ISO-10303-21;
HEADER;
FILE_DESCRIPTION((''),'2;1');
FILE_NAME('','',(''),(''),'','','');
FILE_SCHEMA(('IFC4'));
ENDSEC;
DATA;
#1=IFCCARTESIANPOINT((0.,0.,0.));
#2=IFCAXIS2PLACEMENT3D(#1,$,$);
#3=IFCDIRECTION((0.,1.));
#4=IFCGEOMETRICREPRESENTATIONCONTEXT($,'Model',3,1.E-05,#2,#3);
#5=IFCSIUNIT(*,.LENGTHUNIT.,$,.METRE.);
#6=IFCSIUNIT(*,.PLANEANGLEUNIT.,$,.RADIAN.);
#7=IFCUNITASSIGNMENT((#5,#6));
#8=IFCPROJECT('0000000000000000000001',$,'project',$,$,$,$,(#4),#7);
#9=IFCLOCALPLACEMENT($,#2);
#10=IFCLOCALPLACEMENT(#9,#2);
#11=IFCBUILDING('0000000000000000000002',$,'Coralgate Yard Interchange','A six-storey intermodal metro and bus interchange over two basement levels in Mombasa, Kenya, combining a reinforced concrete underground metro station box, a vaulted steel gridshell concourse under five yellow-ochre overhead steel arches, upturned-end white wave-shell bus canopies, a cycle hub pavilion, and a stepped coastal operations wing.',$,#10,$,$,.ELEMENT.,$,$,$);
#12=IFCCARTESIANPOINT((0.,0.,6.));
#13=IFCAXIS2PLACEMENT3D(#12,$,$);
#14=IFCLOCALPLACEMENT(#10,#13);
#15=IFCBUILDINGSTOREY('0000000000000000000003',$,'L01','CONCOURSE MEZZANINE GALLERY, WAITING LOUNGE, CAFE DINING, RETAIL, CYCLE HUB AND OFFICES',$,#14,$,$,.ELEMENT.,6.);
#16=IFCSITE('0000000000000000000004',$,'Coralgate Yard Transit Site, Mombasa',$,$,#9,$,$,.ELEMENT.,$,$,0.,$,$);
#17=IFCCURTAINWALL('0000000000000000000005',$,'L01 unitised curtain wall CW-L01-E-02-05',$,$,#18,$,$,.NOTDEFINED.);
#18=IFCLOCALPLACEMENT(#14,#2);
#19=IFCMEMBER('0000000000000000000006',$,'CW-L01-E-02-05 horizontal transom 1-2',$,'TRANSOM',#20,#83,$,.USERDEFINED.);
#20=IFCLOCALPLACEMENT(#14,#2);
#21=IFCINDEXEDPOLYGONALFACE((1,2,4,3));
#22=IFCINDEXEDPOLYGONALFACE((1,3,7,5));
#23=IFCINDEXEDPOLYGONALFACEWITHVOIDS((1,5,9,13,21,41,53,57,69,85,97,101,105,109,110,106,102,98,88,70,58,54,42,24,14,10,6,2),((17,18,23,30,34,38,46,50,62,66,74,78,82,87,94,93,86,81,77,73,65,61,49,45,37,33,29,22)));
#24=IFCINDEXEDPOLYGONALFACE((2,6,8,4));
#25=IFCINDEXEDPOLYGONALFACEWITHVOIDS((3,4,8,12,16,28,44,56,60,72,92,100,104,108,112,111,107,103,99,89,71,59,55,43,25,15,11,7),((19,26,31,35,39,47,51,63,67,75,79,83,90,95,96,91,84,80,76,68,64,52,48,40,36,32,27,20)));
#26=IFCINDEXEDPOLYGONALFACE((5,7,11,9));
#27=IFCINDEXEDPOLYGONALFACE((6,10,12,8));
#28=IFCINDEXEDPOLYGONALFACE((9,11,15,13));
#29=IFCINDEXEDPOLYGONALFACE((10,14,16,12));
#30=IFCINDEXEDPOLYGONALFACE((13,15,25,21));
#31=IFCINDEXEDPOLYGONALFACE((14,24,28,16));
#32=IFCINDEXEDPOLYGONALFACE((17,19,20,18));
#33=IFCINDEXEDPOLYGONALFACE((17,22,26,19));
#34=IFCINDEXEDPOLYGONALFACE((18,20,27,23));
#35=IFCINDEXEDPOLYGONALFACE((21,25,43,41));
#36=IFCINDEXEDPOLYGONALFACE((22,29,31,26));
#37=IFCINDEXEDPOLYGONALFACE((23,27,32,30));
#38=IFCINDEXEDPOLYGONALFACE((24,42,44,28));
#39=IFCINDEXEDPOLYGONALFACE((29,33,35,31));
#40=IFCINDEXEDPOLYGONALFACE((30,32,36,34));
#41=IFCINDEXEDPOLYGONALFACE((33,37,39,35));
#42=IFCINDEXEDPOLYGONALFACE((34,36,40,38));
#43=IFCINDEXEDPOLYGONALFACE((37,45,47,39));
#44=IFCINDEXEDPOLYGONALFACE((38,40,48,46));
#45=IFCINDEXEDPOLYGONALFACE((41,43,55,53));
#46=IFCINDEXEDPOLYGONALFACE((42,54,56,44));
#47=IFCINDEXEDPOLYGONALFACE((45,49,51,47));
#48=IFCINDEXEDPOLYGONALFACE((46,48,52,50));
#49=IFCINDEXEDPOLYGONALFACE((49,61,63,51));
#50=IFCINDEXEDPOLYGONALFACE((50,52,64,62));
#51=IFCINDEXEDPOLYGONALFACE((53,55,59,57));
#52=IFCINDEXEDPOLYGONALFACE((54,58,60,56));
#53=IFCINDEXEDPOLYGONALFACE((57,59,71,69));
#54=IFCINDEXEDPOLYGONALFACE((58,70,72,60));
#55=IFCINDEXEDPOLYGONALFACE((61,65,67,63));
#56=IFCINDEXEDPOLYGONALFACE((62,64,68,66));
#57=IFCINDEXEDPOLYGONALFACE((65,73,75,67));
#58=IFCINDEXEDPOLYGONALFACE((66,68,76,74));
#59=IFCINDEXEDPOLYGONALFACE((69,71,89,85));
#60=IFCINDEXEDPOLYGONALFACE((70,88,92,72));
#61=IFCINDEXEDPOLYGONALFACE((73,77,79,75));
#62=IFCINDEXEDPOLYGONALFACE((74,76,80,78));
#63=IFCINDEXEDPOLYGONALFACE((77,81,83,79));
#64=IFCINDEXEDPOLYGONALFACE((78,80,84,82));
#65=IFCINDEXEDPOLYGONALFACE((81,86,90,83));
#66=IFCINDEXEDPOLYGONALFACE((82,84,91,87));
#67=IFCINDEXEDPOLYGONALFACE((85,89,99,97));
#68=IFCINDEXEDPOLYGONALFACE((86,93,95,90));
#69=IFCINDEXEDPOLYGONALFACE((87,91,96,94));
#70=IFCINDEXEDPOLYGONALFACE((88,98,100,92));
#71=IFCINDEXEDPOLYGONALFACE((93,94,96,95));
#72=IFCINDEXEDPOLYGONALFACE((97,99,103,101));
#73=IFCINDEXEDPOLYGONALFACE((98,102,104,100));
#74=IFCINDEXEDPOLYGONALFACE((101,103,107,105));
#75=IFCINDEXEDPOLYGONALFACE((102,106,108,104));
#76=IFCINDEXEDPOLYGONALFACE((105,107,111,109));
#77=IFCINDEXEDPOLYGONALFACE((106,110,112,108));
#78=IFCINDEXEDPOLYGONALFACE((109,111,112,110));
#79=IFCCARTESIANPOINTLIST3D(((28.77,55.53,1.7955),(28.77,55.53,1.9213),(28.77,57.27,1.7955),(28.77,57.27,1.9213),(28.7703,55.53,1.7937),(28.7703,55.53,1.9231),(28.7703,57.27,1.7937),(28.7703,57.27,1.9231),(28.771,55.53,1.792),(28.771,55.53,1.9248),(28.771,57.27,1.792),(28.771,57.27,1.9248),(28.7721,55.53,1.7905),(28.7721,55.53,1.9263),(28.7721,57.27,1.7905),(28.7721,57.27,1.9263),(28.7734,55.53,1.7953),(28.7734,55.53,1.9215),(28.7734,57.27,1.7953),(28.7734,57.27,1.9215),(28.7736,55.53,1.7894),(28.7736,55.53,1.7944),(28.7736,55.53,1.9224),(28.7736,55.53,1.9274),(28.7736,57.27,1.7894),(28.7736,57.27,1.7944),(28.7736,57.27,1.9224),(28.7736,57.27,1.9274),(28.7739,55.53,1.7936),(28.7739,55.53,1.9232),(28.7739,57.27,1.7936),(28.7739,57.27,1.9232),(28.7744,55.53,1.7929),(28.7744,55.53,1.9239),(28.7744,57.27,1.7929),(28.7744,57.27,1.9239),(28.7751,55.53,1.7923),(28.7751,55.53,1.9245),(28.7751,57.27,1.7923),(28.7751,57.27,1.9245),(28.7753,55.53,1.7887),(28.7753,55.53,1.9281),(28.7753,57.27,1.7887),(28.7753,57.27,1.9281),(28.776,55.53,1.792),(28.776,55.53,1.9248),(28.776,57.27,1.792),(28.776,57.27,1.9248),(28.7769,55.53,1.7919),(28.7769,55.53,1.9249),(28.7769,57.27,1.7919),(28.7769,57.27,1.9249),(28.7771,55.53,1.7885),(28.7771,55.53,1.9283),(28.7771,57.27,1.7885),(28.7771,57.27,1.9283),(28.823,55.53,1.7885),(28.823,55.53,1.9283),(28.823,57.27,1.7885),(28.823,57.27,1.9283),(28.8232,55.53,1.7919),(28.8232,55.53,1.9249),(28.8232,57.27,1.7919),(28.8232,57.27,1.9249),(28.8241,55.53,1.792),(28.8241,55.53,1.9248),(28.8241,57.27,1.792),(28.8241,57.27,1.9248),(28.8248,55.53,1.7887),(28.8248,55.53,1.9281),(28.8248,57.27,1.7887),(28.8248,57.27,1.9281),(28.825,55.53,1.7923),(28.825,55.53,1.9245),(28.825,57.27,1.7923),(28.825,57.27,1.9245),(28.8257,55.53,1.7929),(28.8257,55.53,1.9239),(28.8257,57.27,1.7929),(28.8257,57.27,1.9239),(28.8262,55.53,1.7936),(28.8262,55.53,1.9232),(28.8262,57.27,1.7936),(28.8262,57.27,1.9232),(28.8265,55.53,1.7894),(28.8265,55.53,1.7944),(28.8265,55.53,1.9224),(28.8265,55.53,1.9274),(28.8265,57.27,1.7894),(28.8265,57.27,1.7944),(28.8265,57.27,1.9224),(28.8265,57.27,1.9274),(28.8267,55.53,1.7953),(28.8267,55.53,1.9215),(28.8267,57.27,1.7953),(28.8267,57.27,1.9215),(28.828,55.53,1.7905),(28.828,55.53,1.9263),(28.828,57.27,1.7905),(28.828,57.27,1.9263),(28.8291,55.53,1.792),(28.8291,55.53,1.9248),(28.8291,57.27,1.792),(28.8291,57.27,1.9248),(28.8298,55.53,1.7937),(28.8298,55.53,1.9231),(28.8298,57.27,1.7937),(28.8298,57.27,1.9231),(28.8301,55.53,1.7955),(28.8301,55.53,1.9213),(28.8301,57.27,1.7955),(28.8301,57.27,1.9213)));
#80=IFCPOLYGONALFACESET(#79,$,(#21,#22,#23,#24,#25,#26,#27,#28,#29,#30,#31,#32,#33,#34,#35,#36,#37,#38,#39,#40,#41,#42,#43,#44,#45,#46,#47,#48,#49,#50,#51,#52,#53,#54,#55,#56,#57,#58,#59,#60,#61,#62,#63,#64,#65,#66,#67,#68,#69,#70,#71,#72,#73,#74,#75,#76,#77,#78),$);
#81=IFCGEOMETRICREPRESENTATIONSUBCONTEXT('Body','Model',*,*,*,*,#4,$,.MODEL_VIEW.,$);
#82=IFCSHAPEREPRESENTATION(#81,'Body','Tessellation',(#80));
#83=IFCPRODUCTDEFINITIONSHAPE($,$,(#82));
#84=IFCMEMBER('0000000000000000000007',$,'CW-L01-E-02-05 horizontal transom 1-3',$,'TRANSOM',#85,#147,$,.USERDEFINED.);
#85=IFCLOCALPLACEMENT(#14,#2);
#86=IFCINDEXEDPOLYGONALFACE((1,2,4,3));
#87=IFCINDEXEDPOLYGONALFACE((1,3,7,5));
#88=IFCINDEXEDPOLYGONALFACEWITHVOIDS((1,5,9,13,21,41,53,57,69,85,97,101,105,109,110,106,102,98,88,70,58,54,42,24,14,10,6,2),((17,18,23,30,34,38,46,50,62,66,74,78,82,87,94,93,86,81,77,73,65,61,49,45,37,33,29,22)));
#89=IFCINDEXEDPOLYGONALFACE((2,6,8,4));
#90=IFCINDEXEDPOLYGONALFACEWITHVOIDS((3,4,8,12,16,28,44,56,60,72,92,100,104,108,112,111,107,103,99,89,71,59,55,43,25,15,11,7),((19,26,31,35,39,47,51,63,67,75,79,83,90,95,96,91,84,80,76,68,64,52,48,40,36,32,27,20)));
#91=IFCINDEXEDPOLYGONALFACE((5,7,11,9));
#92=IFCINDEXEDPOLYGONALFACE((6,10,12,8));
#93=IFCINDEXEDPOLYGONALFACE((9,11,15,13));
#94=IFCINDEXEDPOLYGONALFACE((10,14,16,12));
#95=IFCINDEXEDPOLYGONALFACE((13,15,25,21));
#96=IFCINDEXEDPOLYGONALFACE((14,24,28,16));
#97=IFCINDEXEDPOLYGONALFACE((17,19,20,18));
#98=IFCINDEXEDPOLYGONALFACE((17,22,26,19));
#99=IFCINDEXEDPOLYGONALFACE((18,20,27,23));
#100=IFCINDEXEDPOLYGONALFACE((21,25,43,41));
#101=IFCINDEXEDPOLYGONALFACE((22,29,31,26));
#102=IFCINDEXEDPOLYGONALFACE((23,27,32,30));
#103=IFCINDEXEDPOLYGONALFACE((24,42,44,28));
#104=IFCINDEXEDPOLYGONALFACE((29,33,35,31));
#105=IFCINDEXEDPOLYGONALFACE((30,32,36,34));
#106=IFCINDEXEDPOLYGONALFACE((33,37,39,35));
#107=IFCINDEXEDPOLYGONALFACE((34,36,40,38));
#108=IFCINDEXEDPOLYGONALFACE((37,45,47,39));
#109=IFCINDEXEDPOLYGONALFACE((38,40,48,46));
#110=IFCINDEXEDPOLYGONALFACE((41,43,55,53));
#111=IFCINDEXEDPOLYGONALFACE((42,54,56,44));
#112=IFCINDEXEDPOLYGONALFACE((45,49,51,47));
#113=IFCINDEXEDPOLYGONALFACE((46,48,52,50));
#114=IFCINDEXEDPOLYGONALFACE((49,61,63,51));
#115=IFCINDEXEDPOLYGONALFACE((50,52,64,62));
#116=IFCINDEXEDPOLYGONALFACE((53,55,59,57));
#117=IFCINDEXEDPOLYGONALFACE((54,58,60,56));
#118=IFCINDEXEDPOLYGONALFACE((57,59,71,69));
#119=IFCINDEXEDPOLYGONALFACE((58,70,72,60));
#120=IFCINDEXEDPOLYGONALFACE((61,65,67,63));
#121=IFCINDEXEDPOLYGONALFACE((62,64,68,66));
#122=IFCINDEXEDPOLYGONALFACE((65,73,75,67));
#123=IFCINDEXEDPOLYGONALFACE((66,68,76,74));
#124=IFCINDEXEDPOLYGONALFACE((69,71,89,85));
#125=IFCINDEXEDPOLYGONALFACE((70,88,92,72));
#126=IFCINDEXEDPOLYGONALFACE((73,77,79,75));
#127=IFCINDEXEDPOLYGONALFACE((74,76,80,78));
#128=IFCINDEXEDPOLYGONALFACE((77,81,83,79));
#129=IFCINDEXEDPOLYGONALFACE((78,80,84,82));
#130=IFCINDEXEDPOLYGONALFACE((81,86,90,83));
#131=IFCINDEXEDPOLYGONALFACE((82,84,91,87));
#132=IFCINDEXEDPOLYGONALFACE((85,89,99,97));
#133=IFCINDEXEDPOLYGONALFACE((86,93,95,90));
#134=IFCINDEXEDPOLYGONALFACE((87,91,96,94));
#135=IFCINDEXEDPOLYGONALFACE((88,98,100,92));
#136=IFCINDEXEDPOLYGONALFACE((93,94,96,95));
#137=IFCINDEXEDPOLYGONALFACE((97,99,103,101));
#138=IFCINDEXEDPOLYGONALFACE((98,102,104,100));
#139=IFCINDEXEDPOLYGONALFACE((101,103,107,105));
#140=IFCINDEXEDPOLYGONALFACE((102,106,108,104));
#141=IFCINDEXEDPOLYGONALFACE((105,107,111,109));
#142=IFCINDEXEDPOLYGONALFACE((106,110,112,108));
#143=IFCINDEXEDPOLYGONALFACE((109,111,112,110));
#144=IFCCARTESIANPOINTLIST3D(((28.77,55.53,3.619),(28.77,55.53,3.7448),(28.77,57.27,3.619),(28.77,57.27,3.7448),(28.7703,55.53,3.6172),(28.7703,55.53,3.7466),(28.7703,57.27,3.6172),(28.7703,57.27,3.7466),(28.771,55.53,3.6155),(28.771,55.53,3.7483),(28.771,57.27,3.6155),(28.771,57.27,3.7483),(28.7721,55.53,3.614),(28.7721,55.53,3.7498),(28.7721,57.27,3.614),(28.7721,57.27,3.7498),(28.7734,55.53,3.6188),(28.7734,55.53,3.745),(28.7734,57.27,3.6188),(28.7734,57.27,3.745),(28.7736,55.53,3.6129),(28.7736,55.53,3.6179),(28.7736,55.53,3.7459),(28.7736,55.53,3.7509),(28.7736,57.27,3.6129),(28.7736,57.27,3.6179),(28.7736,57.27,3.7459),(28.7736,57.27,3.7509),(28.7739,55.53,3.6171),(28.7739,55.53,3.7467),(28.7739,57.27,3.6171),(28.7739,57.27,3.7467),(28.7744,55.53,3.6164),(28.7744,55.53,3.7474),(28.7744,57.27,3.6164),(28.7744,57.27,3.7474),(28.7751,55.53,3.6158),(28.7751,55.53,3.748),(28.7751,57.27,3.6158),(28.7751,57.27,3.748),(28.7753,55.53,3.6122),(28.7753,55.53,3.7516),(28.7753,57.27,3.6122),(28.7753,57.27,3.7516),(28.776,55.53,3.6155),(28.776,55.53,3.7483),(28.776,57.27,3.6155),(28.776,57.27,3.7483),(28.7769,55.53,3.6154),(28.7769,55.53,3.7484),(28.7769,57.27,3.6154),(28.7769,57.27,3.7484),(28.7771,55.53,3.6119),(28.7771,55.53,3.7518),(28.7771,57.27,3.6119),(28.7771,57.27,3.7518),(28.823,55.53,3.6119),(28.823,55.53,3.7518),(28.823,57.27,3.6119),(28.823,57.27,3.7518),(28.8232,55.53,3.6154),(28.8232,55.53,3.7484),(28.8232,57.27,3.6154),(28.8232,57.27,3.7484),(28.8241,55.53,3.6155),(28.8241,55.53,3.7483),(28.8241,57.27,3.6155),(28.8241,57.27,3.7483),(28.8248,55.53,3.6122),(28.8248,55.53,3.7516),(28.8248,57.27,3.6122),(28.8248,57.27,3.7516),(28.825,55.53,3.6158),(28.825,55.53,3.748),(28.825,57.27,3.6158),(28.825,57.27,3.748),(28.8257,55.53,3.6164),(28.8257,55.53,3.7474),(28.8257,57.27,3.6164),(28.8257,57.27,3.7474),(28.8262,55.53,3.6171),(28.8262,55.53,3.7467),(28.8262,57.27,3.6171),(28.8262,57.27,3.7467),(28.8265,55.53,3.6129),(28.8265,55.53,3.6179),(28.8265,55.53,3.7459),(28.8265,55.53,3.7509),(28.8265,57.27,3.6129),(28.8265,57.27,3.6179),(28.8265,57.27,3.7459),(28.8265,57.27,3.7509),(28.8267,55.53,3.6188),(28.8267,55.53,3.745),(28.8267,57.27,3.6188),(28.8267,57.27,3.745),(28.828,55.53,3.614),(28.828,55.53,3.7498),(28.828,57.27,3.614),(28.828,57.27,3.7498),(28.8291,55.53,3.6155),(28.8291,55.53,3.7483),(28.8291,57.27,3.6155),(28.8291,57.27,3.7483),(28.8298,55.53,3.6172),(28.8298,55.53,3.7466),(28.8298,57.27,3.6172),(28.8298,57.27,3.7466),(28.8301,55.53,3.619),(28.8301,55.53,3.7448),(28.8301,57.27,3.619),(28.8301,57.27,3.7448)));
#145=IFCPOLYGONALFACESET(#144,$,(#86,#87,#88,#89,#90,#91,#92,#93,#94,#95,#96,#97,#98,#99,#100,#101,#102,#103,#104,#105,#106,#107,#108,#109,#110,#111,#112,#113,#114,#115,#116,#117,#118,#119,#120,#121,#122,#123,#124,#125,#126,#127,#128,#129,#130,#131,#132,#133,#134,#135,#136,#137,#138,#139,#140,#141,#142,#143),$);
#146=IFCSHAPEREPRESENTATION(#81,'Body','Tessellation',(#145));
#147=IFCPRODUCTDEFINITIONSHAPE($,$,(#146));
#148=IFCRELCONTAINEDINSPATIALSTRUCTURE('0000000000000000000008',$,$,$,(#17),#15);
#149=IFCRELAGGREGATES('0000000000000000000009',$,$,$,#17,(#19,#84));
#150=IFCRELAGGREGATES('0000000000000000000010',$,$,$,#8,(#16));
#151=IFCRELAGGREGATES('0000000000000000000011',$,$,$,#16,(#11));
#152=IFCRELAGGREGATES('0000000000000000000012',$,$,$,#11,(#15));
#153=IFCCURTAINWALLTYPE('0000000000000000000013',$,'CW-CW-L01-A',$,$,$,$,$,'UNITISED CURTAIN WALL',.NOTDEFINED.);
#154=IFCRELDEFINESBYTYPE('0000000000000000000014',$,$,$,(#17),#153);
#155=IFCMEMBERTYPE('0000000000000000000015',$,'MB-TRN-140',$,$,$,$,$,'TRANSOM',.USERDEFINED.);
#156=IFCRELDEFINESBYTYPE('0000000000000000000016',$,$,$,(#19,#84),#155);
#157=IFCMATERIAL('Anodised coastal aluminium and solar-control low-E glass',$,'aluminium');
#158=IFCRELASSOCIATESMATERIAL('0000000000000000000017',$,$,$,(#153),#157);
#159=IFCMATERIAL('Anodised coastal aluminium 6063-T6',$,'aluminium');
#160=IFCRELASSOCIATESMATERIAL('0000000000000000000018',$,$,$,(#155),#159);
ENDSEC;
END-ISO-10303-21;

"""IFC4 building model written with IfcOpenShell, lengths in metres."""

from ifc_helpers import new_model, si_unit, direction, frame, origin, origin_2d, place, context, subcontext, project, spatial, hollow_rectangle, extrude, material, material_profile, profile_set, type_object, element, aggregate, save


model = new_model("IFC4")

# Units and contexts
model_context = context("Model", 3, precision=1e-05, world=origin(), true_north=direction((0.0, 1.0)))
body_context = subcontext(model_context, "Body", "Model", "MODEL_VIEW")
ifc_project = project(units=[si_unit("LENGTHUNIT", "METRE"), si_unit("PLANEANGLEUNIT", "RADIAN")], contexts=[model_context])

# Site, building, storey
site_placement = place(None, origin())
site = spatial("IfcSite", under=ifc_project, at=site_placement, Name="Coralgate Yard Transit Site, Mombasa", CompositionType="ELEMENT", RefElevation=0.0)
building_placement = place(site_placement, origin())
building = spatial("IfcBuilding", under=site, at=building_placement, Name="Coralgate Yard Interchange", Description="A six-storey intermodal metro and bus interchange over two basement levels in Mombasa, Kenya, combining a reinforced concrete underground metro station box, a vaulted steel gridshell concourse under five yellow-ochre overhead steel arches, upturned-end white wave-shell bus canopies, a cycle hub pavilion, and a stepped coastal operations wing.", CompositionType="ELEMENT")
storey_placement = place(building_placement, frame((0.0, 0.0, 6.0)))
storey = spatial("IfcBuildingStorey", under=building, at=storey_placement, Name="L01", Description="CONCOURSE MEZZANINE GALLERY, WAITING LOUNGE, CAFE DINING, RETAIL, CYCLE HUB AND OFFICES", CompositionType="ELEMENT", Elevation=6.0)

# Curtain wall
ifc_material_1 = material(Name="Anodised coastal aluminium and solar-control low-E glass", Category="aluminium")
curtain_wall_type = type_object("IfcCurtainWallType", Name="CW-CW-L01-A", ElementType="UNITISED CURTAIN WALL", PredefinedType="NOTDEFINED", material=ifc_material_1)
curtain_wall_1_placement = place(storey_placement, origin())
curtain_wall_1 = element("IfcCurtainWall", 1, at=curtain_wall_1_placement, inside=storey, type_object=curtain_wall_type, Name="L01 unitised curtain wall CW-L01-E-02-05", PredefinedType="NOTDEFINED")
ifc_material_2 = material(Name="Anodised coastal aluminium 6063-T6", Category="aluminium")

# Members
ifc_material_profile_1 = material_profile(ifc_material_2, hollow_rectangle(XDim=0.0601, YDim=0.1399, WallThickness=0.0034, InnerFilletRadius=0.0034, OuterFilletRadius=0.0071, at=origin_2d()), Name="ALU 60x140x3.5")
ifc_profile_set_1 = profile_set([ifc_material_profile_1], Name="Anodised coastal aluminium 6063-T6")
member_type_1 = type_object("IfcMemberType", Name="MB-TRN-140", ElementType="TRANSOM", PredefinedType="USERDEFINED", material=ifc_profile_set_1)
member_1_placement = place(storey_placement, frame((28.8, 57.27, 1.8584), z_axis=(0.0, -1.0, 0.0), x_axis=(1.0, 0.0, 0.0)))
member_1 = element("IfcMember", 2, at=member_1_placement, type_object=member_type_1, Name="CW-L01-E-02-05 horizontal transom 1-2", ObjectType="TRANSOM", PredefinedType="USERDEFINED", context=body_context, shape_type="SweptSolid", body=[
    extrude(hollow_rectangle(XDim=0.0601, YDim=0.1399, WallThickness=0.0034, InnerFilletRadius=0.0034, OuterFilletRadius=0.0071, at=origin_2d()), origin(), (0.0, 0.0, 1.0), 1.74),
])
member_2_placement = place(storey_placement, frame((28.8, 57.27, 3.6819), z_axis=(0.0, -1.0, 0.0), x_axis=(1.0, 0.0, 0.0)))
member_2 = element("IfcMember", 3, at=member_2_placement, type_object=member_type_1, Name="CW-L01-E-02-05 horizontal transom 1-3", ObjectType="TRANSOM", PredefinedType="USERDEFINED", context=body_context, shape_type="SweptSolid", body=[
    extrude(hollow_rectangle(XDim=0.0601, YDim=0.1399, WallThickness=0.0034, InnerFilletRadius=0.0034, OuterFilletRadius=0.0071, at=origin_2d()), origin(), (0.0, 0.0, 1.0), 1.74),
])

aggregate(curtain_wall_1, [member_1, member_2])

save(model, "model.ifc")
